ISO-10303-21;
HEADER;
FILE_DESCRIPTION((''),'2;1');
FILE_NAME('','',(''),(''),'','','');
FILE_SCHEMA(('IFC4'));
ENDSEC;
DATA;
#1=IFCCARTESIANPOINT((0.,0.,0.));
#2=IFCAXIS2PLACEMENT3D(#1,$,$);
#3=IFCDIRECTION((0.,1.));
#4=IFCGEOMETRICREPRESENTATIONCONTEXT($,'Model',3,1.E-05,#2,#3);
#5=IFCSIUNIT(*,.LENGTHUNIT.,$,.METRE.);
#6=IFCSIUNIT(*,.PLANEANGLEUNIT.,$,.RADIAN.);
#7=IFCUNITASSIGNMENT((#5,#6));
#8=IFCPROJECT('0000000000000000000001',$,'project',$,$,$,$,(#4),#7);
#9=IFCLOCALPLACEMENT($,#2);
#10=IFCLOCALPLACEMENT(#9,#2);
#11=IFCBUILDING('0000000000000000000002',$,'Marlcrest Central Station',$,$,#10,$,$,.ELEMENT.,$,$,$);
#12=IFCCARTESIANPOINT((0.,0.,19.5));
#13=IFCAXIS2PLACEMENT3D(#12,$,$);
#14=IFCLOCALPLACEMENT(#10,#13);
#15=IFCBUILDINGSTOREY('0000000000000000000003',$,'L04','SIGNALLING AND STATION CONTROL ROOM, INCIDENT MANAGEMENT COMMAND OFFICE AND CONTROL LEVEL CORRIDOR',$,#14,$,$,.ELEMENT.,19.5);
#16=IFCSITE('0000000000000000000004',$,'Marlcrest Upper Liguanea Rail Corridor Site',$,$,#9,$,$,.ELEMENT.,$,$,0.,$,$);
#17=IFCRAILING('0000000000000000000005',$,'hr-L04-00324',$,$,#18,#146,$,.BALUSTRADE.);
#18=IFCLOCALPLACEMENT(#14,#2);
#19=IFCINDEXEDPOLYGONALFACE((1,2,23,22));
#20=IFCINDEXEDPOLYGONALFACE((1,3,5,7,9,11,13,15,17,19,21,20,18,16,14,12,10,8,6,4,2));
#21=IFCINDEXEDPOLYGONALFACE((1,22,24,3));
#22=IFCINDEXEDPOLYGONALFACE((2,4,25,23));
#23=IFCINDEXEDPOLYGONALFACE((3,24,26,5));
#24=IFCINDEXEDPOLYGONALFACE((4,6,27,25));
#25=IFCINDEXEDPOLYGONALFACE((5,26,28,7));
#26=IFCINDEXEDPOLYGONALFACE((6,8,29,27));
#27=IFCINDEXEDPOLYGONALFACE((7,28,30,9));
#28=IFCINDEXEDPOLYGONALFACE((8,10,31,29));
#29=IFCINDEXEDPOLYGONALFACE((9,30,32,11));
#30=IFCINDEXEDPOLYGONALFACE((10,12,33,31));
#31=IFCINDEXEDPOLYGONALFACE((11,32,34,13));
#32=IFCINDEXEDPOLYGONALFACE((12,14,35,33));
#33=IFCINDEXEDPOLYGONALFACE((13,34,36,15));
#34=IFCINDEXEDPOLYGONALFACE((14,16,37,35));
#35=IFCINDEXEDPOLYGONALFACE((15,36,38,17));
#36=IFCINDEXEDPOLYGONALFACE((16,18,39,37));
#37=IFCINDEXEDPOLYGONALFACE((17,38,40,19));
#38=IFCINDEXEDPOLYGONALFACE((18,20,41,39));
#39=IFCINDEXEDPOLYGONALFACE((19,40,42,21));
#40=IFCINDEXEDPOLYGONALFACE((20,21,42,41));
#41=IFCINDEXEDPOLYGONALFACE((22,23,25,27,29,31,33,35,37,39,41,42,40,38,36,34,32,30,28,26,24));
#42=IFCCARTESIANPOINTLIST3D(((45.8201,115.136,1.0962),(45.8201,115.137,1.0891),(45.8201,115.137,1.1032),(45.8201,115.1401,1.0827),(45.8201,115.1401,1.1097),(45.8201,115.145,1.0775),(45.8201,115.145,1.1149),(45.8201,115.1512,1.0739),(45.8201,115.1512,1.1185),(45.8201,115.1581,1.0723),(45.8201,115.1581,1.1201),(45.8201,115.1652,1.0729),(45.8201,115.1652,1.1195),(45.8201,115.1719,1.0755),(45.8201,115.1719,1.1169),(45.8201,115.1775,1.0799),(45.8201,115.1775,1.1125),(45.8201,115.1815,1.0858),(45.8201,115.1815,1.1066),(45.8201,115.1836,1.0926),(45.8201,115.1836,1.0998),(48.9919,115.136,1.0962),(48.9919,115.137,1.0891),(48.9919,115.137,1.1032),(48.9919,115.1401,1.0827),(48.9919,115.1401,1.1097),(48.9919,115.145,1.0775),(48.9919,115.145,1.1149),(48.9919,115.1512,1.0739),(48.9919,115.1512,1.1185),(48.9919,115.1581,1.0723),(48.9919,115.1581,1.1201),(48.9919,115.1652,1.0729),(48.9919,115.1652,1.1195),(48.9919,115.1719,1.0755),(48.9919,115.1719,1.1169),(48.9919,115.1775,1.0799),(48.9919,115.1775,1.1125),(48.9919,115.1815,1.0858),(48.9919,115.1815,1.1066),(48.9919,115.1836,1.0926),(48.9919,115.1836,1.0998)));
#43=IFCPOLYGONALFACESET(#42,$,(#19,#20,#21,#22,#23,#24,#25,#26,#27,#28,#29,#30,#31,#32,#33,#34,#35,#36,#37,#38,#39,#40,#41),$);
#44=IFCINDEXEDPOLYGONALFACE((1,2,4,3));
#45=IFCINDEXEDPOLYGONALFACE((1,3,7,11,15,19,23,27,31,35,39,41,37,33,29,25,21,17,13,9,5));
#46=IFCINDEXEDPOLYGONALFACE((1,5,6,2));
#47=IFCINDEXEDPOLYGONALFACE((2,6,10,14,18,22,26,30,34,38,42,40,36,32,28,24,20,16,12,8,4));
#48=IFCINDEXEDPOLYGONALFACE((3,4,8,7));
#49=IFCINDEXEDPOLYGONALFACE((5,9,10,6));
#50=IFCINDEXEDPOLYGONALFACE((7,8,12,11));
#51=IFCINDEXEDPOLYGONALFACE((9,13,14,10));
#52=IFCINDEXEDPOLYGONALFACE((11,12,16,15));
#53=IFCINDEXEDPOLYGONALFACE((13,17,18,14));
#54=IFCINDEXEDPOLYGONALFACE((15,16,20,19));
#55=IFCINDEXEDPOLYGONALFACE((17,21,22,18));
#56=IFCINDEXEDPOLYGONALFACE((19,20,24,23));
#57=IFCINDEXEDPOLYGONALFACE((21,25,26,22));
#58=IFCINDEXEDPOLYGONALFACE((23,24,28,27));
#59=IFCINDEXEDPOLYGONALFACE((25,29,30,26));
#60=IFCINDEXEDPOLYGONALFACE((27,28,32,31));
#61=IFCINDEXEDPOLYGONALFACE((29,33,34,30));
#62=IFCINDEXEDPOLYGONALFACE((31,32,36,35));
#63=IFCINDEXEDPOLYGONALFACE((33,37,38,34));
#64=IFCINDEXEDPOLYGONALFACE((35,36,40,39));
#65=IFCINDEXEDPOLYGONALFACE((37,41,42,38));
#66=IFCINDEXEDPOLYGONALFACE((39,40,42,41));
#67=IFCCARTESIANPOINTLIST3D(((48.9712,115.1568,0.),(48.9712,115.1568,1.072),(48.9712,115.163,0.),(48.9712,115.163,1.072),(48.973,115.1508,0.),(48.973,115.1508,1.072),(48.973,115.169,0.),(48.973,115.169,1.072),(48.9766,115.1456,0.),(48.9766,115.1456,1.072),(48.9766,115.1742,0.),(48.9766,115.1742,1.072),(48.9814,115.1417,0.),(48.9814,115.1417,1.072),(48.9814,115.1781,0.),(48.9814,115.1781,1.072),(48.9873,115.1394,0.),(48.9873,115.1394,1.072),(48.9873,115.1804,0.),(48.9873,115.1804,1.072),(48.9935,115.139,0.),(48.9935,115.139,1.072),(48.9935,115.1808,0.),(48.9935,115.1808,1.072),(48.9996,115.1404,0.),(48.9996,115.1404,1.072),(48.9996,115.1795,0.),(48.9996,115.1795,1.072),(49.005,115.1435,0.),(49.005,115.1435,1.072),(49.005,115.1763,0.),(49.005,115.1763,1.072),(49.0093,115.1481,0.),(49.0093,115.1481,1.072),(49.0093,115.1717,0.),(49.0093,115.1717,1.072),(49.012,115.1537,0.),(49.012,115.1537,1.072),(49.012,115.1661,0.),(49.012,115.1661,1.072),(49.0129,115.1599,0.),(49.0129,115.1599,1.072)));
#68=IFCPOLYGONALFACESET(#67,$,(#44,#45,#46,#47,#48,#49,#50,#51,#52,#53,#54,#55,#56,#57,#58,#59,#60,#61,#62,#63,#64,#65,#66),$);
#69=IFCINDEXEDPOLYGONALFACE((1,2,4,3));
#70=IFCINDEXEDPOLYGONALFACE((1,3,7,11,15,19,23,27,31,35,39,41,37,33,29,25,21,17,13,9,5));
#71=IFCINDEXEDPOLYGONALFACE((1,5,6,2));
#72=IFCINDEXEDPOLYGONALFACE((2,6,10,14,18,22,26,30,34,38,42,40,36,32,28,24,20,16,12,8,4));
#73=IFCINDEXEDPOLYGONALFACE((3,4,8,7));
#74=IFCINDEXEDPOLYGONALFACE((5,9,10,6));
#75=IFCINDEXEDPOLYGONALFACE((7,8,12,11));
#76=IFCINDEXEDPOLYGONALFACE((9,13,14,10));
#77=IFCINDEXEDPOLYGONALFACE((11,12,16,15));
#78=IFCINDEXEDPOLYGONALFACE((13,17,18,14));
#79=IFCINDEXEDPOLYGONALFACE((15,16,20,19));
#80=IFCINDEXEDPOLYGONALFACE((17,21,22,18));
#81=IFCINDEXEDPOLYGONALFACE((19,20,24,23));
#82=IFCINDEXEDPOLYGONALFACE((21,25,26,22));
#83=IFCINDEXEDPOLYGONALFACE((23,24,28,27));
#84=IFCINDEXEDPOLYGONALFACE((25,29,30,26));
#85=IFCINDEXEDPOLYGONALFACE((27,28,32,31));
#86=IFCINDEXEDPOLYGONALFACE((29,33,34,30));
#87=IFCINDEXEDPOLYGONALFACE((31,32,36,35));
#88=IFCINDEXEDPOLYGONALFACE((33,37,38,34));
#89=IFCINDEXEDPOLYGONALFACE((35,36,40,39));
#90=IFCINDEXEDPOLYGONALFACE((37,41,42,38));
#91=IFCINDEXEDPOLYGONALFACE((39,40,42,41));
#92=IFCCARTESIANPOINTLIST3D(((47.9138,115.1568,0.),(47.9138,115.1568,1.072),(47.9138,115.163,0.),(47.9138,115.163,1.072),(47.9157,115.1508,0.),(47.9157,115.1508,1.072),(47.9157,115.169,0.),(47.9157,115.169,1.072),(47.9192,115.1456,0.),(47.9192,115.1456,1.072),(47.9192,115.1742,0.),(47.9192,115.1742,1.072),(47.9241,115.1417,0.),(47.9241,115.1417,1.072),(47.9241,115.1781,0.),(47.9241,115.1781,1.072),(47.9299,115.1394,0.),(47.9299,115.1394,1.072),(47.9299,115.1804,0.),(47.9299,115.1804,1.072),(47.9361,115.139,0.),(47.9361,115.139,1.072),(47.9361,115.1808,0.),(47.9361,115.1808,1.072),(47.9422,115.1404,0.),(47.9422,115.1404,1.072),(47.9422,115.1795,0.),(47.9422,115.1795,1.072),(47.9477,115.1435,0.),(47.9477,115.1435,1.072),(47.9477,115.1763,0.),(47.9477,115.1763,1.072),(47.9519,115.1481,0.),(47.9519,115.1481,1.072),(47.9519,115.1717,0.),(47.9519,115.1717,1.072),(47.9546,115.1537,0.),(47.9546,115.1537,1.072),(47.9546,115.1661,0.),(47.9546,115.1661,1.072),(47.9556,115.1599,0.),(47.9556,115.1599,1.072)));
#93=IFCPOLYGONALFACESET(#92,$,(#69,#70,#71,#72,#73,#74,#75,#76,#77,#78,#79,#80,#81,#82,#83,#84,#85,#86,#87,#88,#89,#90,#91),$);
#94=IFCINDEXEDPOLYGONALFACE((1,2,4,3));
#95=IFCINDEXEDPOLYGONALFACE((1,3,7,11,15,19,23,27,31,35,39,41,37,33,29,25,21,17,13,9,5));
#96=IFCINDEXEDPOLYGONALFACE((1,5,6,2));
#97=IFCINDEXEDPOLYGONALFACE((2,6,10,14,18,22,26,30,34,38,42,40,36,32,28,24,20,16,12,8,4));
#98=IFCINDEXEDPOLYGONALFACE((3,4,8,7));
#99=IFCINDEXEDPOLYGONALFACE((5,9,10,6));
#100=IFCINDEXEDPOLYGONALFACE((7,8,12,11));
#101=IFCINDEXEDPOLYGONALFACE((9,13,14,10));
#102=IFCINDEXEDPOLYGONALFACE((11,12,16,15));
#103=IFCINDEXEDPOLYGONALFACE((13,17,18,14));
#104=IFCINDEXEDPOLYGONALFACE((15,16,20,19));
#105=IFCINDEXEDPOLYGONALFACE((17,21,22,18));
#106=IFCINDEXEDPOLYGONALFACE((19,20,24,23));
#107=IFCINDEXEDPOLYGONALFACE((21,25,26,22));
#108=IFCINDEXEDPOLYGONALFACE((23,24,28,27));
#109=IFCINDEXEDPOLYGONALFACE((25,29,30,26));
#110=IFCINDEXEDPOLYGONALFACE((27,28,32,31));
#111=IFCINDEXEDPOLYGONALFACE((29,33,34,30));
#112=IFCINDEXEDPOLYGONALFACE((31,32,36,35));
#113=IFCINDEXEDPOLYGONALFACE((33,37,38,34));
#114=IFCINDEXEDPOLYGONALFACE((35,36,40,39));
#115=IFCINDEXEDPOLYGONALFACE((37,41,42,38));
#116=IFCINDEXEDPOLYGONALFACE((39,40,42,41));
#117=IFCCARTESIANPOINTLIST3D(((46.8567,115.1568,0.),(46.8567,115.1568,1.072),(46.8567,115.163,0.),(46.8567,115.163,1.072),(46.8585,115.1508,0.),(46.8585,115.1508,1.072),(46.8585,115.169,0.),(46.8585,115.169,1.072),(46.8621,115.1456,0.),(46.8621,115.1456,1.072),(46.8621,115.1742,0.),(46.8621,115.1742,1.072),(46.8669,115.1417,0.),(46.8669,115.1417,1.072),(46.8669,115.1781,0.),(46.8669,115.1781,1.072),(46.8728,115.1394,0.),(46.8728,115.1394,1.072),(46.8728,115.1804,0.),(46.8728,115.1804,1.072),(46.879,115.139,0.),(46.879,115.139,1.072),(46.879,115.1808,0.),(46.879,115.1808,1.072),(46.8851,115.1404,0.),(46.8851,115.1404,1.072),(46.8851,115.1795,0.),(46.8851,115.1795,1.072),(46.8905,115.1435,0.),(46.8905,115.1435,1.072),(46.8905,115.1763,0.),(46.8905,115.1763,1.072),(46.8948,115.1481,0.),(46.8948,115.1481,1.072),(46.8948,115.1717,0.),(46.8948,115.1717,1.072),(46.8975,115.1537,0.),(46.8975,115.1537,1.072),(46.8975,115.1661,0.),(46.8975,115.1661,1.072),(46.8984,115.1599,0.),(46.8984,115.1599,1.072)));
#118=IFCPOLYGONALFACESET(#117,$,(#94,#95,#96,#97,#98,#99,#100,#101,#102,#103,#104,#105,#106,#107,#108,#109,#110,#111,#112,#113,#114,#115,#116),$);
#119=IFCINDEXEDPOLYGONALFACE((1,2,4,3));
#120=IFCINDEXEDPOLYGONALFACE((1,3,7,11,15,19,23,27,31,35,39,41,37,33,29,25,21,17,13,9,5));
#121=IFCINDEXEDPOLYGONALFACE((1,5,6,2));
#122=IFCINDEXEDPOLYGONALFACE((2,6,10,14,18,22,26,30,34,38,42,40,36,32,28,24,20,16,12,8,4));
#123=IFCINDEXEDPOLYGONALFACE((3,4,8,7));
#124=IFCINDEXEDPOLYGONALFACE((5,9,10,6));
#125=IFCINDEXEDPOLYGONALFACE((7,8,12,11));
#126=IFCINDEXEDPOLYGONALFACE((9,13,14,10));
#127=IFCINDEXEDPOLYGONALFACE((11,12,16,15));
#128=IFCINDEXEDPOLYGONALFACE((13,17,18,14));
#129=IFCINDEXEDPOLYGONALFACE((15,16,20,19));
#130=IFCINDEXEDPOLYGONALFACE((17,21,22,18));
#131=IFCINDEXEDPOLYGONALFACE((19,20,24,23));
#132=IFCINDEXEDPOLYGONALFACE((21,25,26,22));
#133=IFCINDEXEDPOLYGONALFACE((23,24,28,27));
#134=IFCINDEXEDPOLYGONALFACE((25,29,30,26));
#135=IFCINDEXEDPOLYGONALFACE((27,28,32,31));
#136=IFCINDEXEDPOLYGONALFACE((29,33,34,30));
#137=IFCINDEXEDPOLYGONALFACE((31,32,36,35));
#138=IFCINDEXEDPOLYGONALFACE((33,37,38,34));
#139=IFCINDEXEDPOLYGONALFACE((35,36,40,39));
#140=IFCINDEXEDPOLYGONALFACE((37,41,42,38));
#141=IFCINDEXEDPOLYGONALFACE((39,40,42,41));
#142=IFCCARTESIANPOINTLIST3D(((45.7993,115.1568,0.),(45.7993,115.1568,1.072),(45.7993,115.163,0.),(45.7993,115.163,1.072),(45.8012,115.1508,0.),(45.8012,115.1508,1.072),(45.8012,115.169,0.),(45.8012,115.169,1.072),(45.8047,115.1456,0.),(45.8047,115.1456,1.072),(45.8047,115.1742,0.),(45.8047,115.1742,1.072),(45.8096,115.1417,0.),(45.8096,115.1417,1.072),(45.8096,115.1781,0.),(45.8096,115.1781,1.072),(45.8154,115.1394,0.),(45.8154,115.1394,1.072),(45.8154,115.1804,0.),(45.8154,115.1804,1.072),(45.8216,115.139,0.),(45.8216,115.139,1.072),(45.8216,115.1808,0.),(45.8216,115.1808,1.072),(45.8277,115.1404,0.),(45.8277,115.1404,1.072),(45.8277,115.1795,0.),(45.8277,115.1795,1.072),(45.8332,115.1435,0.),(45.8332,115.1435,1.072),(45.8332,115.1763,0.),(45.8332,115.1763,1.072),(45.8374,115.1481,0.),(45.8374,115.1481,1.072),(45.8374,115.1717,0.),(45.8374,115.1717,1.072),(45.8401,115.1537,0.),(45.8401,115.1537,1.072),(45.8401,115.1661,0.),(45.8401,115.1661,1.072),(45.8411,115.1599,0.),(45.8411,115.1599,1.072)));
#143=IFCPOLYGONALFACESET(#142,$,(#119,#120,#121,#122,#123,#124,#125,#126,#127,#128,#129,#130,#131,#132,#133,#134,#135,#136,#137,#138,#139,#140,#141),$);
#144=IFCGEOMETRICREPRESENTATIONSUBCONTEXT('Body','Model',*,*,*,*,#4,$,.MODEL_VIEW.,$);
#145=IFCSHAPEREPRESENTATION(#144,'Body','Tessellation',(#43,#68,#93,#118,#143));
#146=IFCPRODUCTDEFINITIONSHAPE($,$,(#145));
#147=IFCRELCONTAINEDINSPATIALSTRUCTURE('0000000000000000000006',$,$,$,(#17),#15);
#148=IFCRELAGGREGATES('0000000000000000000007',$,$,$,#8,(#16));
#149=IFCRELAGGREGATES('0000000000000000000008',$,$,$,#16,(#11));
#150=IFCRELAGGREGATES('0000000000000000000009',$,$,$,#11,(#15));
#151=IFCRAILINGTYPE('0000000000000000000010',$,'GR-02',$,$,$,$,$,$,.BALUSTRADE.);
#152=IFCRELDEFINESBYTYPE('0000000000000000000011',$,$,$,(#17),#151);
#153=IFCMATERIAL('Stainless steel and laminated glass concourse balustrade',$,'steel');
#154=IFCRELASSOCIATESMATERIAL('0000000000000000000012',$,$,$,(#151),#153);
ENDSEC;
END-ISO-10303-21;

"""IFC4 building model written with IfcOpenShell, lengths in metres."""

from ifc_helpers import new_model, si_unit, direction, frame, origin, origin_2d, place, context, subcontext, project, spatial, circle, extrude, material, type_object, element, save


model = new_model("IFC4")

# Units and contexts
model_context = context("Model", 3, precision=1e-05, world=origin(), true_north=direction((0.0, 1.0)))
body_context = subcontext(model_context, "Body", "Model", "MODEL_VIEW")
ifc_project = project(units=[si_unit("LENGTHUNIT", "METRE"), si_unit("PLANEANGLEUNIT", "RADIAN")], contexts=[model_context])

# Site, building, storey
site_placement = place(None, origin())
site = spatial("IfcSite", under=ifc_project, at=site_placement, Name="Marlcrest Upper Liguanea Rail Corridor Site", CompositionType="ELEMENT", RefElevation=0.0)
building_placement = place(site_placement, origin())
building = spatial("IfcBuilding", under=site, at=building_placement, Name="Marlcrest Central Station", CompositionType="ELEMENT")
storey_placement = place(building_placement, frame((0.0, 0.0, 19.5)))
storey = spatial("IfcBuildingStorey", under=building, at=storey_placement, Name="L04", Description="SIGNALLING AND STATION CONTROL ROOM, INCIDENT MANAGEMENT COMMAND OFFICE AND CONTROL LEVEL CORRIDOR", CompositionType="ELEMENT", Elevation=19.5)

# Railing
ifc_material_1 = material(Name="Stainless steel and laminated glass concourse balustrade", Category="steel")
railing_type_1 = type_object("IfcRailingType", Name="GR-02", PredefinedType="BALUSTRADE", material=ifc_material_1)
railing_1_placement = place(storey_placement, frame((48.9919, 115.1599, 0.0)))
element("IfcRailing", 1, at=railing_1_placement, inside=storey, type_object=railing_type_1, Name="hr-L04-00324", PredefinedType="BALUSTRADE", context=body_context, shape_type="SweptSolid", body=[
    extrude(circle(Radius=0.0239, at=origin_2d()), frame((0.0, 0.0, 1.0962), z_axis=(-1.0, 0.0, 0.0), x_axis=(0.0, -1.0, 0.0)), (0.0, 0.0, 1.0), 3.1719),
    extrude(circle(Radius=0.021, at=origin_2d()), origin(), (0.0, 0.0, 1.0), 1.072),
    extrude(circle(Radius=0.021, at=origin_2d()), frame((-1.0574, 0.0, 0.0)), (0.0, 0.0, 1.0), 1.072),
    extrude(circle(Radius=0.021, at=origin_2d()), frame((-2.1145, 0.0, 0.0)), (0.0, 0.0, 1.0), 1.072),
    extrude(circle(Radius=0.021, at=origin_2d()), frame((-3.1719, 0.0, 0.0)), (0.0, 0.0, 1.0), 1.072),
])

save(model, "model.ifc")
